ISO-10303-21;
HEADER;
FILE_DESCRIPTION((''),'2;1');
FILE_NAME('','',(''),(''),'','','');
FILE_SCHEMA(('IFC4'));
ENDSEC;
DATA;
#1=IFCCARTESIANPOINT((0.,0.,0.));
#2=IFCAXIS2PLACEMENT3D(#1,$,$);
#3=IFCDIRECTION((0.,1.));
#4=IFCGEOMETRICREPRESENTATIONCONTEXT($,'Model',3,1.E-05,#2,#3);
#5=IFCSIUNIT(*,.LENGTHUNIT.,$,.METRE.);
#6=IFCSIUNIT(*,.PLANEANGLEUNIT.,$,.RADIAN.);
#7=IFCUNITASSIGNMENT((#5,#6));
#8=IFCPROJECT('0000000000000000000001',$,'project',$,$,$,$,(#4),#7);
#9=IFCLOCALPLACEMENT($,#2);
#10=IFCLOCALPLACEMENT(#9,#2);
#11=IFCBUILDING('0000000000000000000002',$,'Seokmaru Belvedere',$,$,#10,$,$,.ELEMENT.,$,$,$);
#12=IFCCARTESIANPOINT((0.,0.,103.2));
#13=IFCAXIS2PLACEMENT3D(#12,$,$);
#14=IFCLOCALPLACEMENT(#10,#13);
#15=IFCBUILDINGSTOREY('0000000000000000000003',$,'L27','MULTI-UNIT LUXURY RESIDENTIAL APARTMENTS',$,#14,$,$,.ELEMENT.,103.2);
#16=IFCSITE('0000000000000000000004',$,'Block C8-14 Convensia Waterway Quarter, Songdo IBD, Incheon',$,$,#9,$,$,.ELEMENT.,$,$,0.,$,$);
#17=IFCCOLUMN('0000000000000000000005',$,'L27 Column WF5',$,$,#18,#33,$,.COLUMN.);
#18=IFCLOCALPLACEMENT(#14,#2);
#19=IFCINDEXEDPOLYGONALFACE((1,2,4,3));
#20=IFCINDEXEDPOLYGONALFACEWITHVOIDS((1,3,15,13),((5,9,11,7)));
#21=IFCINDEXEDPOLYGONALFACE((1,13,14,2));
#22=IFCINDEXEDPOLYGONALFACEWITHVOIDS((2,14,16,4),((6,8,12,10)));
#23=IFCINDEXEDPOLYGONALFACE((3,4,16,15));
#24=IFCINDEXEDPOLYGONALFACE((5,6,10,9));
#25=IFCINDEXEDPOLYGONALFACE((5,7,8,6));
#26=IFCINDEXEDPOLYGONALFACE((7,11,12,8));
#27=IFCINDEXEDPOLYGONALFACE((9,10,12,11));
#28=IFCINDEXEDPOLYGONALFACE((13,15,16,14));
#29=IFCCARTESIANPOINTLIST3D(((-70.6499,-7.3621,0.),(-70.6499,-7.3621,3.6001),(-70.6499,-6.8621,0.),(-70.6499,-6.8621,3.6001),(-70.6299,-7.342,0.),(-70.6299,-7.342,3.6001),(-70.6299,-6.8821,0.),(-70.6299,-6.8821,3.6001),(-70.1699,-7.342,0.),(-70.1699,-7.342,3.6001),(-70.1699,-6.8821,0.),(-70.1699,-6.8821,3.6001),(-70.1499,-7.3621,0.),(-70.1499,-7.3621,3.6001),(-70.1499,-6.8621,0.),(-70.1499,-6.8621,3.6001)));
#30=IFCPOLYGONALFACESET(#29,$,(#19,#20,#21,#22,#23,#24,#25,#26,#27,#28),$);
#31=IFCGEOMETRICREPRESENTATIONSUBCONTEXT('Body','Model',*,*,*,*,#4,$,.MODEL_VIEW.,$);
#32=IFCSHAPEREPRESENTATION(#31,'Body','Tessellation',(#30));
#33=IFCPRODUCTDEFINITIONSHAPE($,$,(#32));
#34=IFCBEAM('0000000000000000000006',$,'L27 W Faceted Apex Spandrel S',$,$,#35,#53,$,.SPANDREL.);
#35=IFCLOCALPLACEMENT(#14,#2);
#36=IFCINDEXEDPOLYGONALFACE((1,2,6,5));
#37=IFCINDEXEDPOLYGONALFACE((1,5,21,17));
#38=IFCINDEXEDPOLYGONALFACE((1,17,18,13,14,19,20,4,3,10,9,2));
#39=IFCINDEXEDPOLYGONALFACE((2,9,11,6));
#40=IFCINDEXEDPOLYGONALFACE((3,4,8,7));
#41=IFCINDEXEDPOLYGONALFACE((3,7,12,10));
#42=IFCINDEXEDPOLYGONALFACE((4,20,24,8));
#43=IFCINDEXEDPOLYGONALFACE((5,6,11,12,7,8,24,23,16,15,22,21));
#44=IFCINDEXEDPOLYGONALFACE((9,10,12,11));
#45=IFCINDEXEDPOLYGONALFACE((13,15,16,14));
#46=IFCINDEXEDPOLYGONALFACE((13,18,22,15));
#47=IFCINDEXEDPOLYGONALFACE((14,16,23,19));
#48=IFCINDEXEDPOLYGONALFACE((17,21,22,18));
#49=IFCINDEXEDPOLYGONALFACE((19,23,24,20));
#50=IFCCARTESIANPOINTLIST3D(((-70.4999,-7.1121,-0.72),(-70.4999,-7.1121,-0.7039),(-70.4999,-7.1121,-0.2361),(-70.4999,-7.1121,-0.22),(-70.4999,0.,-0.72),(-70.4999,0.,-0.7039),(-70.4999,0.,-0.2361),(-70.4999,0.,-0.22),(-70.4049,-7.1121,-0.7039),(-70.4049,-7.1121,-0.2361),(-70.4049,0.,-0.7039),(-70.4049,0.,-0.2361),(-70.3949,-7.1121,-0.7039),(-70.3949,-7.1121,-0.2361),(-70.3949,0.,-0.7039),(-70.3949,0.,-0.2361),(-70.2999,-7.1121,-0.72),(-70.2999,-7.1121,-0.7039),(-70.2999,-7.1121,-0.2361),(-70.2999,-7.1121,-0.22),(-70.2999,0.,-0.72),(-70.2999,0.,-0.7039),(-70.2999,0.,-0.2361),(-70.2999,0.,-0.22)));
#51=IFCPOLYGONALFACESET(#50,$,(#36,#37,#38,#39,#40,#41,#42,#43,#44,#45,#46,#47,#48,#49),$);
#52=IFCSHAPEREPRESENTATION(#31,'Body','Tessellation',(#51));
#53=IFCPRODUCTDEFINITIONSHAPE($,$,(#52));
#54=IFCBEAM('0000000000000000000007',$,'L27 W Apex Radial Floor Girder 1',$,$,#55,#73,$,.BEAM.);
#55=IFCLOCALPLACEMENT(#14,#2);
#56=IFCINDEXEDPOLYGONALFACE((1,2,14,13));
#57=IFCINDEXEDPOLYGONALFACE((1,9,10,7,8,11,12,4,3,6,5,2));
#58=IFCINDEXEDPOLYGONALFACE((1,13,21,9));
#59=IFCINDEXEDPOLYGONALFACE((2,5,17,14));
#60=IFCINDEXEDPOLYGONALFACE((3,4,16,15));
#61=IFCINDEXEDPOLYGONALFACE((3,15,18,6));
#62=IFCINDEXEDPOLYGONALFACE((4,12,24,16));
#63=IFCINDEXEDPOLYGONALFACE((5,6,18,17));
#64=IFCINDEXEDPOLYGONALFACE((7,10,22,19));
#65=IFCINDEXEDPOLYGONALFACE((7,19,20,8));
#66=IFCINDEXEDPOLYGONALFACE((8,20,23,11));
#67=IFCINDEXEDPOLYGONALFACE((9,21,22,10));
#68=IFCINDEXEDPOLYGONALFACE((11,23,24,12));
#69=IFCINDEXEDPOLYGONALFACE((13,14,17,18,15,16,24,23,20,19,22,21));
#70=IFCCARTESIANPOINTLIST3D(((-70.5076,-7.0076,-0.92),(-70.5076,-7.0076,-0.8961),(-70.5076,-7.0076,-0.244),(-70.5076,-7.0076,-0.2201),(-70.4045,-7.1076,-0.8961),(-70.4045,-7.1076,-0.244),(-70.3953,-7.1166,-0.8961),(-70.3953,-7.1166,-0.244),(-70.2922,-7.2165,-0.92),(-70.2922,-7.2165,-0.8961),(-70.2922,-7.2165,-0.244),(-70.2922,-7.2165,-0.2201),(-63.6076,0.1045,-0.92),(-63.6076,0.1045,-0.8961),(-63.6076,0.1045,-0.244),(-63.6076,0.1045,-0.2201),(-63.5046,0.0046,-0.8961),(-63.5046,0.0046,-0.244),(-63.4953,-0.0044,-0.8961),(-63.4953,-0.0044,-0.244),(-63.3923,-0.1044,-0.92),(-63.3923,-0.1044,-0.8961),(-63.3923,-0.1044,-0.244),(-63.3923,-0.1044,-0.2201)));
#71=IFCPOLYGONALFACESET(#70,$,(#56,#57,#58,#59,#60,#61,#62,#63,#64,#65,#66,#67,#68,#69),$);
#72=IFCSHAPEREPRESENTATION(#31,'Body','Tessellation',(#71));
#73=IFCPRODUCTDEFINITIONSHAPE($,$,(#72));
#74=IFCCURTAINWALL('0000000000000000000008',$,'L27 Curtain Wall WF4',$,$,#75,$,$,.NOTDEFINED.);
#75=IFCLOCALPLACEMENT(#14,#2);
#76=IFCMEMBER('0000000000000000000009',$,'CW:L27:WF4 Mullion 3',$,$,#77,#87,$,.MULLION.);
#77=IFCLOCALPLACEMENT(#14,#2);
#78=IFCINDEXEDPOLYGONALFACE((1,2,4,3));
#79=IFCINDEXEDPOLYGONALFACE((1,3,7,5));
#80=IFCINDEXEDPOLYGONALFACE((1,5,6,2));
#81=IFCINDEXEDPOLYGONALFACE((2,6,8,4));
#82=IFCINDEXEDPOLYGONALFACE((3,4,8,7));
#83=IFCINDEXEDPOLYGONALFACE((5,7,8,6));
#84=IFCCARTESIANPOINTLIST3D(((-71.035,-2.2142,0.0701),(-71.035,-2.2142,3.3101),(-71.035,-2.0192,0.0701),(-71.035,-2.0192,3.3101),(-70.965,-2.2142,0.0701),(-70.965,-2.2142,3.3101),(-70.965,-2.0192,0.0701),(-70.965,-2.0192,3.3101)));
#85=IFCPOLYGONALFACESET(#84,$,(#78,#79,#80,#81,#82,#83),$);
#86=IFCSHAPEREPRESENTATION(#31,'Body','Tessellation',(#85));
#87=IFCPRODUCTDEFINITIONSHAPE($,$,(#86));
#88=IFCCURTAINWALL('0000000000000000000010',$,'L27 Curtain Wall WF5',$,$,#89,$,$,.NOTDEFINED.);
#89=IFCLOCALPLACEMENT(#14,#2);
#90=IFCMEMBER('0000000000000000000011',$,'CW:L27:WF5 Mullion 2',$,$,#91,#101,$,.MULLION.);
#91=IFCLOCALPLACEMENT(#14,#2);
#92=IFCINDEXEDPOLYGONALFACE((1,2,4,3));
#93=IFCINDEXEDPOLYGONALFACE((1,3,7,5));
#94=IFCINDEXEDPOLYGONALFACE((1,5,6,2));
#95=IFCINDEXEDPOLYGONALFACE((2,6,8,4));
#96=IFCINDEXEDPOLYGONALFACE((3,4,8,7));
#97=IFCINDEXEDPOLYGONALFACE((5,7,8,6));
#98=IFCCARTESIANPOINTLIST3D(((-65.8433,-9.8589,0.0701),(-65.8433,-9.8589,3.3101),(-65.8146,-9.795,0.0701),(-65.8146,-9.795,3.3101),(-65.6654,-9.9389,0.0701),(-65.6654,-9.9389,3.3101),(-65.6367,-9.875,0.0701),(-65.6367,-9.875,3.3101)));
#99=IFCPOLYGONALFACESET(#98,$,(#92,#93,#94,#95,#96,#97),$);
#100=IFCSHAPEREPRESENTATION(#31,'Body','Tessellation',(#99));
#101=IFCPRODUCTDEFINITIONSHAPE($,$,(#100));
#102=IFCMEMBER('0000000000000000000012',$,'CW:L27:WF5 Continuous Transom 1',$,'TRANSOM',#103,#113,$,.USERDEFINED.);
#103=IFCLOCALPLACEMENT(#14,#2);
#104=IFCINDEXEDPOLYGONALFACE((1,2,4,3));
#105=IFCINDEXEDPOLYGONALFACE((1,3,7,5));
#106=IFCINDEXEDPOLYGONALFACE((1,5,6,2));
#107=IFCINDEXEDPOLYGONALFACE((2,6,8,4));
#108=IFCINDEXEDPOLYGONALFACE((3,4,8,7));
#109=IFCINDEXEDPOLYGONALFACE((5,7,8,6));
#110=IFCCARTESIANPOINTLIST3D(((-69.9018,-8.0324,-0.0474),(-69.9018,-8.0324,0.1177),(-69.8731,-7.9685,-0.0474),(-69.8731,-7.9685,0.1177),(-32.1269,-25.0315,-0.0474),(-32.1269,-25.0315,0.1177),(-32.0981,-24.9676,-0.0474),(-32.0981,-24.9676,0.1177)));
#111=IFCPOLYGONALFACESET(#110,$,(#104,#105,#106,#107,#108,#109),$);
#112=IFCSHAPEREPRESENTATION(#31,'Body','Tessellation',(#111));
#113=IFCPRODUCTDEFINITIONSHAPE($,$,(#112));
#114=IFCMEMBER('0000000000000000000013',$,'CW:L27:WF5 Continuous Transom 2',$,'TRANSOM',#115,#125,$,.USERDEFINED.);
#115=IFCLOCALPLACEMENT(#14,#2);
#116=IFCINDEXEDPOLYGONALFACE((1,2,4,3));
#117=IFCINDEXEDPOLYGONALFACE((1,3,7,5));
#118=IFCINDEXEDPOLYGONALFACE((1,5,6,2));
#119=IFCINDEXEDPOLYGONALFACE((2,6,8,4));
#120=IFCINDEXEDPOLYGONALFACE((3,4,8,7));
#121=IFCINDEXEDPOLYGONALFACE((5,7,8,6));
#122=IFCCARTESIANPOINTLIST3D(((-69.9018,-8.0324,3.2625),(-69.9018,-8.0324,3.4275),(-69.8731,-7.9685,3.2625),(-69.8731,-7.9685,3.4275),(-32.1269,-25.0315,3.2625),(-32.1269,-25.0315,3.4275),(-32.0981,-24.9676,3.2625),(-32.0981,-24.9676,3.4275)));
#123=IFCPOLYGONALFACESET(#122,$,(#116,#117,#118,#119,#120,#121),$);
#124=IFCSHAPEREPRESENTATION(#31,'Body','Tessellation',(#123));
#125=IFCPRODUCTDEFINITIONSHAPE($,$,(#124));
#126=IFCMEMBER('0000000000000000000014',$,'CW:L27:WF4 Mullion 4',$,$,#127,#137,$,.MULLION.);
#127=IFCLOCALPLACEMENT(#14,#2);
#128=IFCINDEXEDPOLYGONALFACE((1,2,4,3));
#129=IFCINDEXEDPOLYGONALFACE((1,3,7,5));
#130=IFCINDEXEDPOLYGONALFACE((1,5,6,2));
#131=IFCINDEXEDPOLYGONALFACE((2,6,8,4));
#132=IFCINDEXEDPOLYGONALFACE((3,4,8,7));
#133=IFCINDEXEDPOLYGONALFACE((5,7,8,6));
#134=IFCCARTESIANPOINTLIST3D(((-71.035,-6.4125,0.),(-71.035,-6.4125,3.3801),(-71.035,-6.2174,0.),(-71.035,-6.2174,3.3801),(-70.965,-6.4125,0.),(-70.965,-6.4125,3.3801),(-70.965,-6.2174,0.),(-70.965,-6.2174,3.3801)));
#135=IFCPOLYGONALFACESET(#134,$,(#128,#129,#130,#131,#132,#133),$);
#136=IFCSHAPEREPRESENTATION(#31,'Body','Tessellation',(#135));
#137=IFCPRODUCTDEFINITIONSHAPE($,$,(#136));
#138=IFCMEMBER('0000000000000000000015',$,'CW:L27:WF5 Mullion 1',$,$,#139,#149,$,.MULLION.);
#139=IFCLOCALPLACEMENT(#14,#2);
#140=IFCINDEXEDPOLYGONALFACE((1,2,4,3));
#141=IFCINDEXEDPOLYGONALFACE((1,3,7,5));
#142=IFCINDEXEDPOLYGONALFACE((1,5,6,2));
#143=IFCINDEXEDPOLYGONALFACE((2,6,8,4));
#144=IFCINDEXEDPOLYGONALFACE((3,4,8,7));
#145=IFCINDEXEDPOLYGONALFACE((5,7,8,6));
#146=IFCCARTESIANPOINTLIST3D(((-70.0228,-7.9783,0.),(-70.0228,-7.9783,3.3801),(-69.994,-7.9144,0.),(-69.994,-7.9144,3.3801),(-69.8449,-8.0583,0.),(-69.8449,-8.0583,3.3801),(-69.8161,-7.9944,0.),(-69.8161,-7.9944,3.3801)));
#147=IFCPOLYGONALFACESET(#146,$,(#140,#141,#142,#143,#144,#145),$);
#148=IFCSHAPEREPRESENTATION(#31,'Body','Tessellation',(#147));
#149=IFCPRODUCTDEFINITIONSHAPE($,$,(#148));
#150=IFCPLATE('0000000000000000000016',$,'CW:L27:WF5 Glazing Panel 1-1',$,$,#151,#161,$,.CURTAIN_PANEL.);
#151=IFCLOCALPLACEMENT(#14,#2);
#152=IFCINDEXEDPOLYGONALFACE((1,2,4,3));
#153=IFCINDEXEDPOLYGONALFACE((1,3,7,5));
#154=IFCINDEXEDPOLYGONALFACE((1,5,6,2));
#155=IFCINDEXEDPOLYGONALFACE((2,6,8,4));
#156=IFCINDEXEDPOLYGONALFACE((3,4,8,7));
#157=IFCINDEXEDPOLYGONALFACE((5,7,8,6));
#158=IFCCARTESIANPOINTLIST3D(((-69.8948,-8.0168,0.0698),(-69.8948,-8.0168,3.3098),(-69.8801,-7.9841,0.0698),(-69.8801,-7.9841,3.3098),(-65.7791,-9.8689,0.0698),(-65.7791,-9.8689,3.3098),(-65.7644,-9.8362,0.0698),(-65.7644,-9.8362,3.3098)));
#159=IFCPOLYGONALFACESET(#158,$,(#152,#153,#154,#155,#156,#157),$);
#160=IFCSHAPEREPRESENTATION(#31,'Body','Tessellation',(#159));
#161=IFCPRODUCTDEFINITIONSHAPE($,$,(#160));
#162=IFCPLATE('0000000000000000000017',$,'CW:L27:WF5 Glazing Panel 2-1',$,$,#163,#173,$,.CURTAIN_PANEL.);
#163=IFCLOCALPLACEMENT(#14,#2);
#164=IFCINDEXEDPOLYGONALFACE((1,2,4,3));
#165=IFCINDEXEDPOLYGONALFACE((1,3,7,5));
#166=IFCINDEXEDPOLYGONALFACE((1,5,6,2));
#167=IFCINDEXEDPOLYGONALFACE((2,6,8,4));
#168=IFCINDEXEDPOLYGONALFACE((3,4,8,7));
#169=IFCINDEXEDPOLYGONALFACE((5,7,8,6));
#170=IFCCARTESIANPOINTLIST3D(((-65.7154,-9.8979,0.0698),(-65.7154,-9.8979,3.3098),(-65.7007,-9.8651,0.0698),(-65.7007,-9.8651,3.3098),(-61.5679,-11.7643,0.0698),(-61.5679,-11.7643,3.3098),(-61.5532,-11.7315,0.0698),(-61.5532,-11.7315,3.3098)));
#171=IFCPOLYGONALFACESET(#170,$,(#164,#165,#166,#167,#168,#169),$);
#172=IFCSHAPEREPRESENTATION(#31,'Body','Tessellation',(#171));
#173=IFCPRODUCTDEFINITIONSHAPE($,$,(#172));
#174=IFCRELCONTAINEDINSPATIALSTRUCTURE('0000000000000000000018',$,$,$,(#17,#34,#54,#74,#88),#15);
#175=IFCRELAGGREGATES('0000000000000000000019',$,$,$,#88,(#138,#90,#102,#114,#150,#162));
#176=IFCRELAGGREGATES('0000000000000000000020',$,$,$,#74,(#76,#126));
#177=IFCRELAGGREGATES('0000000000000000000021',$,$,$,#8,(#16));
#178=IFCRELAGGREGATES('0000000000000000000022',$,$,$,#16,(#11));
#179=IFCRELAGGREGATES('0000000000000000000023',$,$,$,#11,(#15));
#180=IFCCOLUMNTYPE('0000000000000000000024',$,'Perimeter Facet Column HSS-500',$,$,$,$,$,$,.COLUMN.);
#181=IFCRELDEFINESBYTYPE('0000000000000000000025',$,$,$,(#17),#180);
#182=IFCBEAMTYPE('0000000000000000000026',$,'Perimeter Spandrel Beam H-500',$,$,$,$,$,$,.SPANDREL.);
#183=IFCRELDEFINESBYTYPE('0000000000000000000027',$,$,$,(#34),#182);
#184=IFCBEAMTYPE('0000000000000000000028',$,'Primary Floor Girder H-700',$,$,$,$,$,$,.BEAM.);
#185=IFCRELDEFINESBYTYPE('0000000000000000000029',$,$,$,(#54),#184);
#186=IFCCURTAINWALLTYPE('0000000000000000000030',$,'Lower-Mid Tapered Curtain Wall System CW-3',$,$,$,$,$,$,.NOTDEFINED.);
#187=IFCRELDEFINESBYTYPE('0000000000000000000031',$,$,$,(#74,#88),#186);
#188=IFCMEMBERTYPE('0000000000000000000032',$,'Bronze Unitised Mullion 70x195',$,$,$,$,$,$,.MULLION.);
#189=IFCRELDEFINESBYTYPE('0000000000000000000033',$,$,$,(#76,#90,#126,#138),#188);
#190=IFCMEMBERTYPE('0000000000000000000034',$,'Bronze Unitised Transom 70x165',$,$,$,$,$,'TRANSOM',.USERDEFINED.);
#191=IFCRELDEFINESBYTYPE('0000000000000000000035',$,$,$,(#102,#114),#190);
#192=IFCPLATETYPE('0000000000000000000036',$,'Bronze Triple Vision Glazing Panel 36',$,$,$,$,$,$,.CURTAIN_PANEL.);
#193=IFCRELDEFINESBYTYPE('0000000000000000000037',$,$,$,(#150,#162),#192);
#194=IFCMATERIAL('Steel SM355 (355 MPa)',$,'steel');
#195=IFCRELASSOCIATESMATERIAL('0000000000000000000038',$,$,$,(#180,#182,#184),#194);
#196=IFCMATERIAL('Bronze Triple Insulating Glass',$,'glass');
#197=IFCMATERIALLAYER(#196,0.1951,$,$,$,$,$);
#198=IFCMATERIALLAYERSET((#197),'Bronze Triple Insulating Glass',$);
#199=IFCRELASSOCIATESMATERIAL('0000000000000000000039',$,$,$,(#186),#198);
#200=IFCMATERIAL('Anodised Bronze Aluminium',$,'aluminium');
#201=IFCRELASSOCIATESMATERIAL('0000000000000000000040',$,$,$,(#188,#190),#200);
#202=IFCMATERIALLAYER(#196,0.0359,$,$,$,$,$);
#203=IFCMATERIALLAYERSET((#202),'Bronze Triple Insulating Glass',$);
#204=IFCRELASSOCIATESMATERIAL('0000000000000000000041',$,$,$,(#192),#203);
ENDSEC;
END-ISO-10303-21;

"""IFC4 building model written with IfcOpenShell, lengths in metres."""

from ifc_helpers import new_model, si_unit, direction, frame, origin, origin_2d, place, context, subcontext, project, spatial, rectangle, hollow_rectangle, i_section, extrude, source, transform, mapped, material, layer, layer_set, material_profile, profile_set, type_object, type_shapes, element, aggregate, save


model = new_model("IFC4")

# Units and contexts
model_context = context("Model", 3, precision=1e-05, world=origin(), true_north=direction((0.0, 1.0)))
body_context = subcontext(model_context, "Body", "Model", "MODEL_VIEW")
ifc_project = project(units=[si_unit("LENGTHUNIT", "METRE"), si_unit("PLANEANGLEUNIT", "RADIAN")], contexts=[model_context])

# Site, building, storey
site_placement = place(None, origin())
site = spatial("IfcSite", under=ifc_project, at=site_placement, Name="Block C8-14 Convensia Waterway Quarter, Songdo IBD, Incheon", CompositionType="ELEMENT", RefElevation=0.0)
building_placement = place(site_placement, origin())
building = spatial("IfcBuilding", under=site, at=building_placement, Name="Seokmaru Belvedere", CompositionType="ELEMENT")
storey_placement = place(building_placement, frame((0.0, 0.0, 103.2)))
storey = spatial("IfcBuildingStorey", under=building, at=storey_placement, Name="L27", Description="MULTI-UNIT LUXURY RESIDENTIAL APARTMENTS", CompositionType="ELEMENT", Elevation=103.2)

# Column
ifc_material_1 = material(Name="Steel SM355 (355 MPa)", Category="steel")
ifc_material_profile_1 = material_profile(ifc_material_1, hollow_rectangle(XDim=0.5, YDim=0.5, WallThickness=0.02, at=origin_2d()), Name="HSS-500x500x20")
ifc_profile_set_1 = profile_set([ifc_material_profile_1], Name="Steel SM355 (355 MPa)")
column_type = type_object("IfcColumnType", Name="Perimeter Facet Column HSS-500", PredefinedType="COLUMN", material=ifc_profile_set_1)
shared_shape_1 = source(origin(), body_context, "Body", "SweptSolid", [
    extrude(hollow_rectangle(XDim=0.5, YDim=0.5, WallThickness=0.02, at=origin_2d()), origin(), (0.0, 0.0, 1.0), 3.6001),
])
type_shapes(column_type, [shared_shape_1])
column_placement = place(storey_placement, frame((-70.3999, -7.1121, 0.0), z_axis=(0.0, 0.0, 1.0), x_axis=(1.0, 0.0, 0.0)))
element("IfcColumn", 1, at=column_placement, inside=storey, type_object=column_type, Name="L27 Column WF5", PredefinedType="COLUMN", context=body_context, shape_type="MappedRepresentation", body=[
    mapped(shared_shape_1, transform((0.0, 0.0, 0.0), scale=1.0)),
])

# Beams
ifc_material_profile_2 = material_profile(ifc_material_1, i_section(OverallWidth=0.2, OverallDepth=0.5, WebThickness=0.01, FlangeThickness=0.0161, at=origin_2d()), Name="H-500x200x10x16")
ifc_profile_set_2 = profile_set([ifc_material_profile_2], Name="Steel SM355 (355 MPa)")
beam_type_1 = type_object("IfcBeamType", Name="Perimeter Spandrel Beam H-500", PredefinedType="SPANDREL", material=ifc_profile_set_2)
shared_shape_2 = source(origin(), body_context, "Body", "SweptSolid", [
    extrude(i_section(OverallWidth=0.2, OverallDepth=0.5, WebThickness=0.01, FlangeThickness=0.0161, at=origin_2d()), origin(), (0.0, 0.0, 1.0), 7.1121),
])
type_shapes(beam_type_1, [shared_shape_2])
beam_1_placement = place(storey_placement, frame((-70.3999, -7.1121, -0.47), z_axis=(0.0, 1.0, 0.0), x_axis=(-1.0, 0.0, 0.0)))
element("IfcBeam", 2, at=beam_1_placement, inside=storey, type_object=beam_type_1, Name="L27 W Faceted Apex Spandrel S", PredefinedType="SPANDREL", context=body_context, shape_type="MappedRepresentation", body=[
    mapped(shared_shape_2, transform((0.0, 0.0, 0.0), scale=1.0)),
])
ifc_material_profile_3 = material_profile(ifc_material_1, i_section(OverallWidth=0.3, OverallDepth=0.7, WebThickness=0.0129, FlangeThickness=0.0239, at=origin_2d()), Name="H-700x300x13x24")
ifc_profile_set_3 = profile_set([ifc_material_profile_3], Name="Steel SM355 (355 MPa)")
beam_type_2 = type_object("IfcBeamType", Name="Primary Floor Girder H-700", PredefinedType="BEAM", material=ifc_profile_set_3)
shared_shape_3 = source(origin(), body_context, "Body", "SweptSolid", [
    extrude(i_section(OverallWidth=0.3, OverallDepth=0.7, WebThickness=0.0129, FlangeThickness=0.0239, at=origin_2d()), origin(), (0.0, 0.0, 1.0), 9.9092),
])
type_shapes(beam_type_2, [shared_shape_3])
beam_2_placement = place(storey_placement, frame((-70.3999, -7.1121, -0.5701), z_axis=(0.696321, 0.717731, 0.0), x_axis=(-0.717731, 0.696321, 0.0)))
element("IfcBeam", 3, at=beam_2_placement, inside=storey, type_object=beam_type_2, Name="L27 W Apex Radial Floor Girder 1", PredefinedType="BEAM", context=body_context, shape_type="MappedRepresentation", body=[
    mapped(shared_shape_3, transform((0.0, 0.0, 0.0), scale=1.0)),
])

# Curtain wall, member
ifc_material_2 = material(Name="Bronze Triple Insulating Glass", Category="glass")
ifc_layer_1 = layer(ifc_material_2, 0.1951)
ifc_layer_set_1 = layer_set([ifc_layer_1], Name="Bronze Triple Insulating Glass")
curtain_wall_type = type_object("IfcCurtainWallType", Name="Lower-Mid Tapered Curtain Wall System CW-3", PredefinedType="NOTDEFINED", material=ifc_layer_set_1)
curtain_wall_1_placement = place(storey_placement, origin())
curtain_wall_1 = element("IfcCurtainWall", 4, at=curtain_wall_1_placement, inside=storey, type_object=curtain_wall_type, Name="L27 Curtain Wall WF4", PredefinedType="NOTDEFINED")
ifc_material_3 = material(Name="Anodised Bronze Aluminium", Category="aluminium")
ifc_material_profile_4 = material_profile(ifc_material_3, rectangle(XDim=0.0701, YDim=0.1951, at=origin_2d()), Name="CW-M-70x195")
ifc_profile_set_4 = profile_set([ifc_material_profile_4], Name="Anodised Bronze Aluminium")
member_type_1 = type_object("IfcMemberType", Name="Bronze Unitised Mullion 70x195", PredefinedType="MULLION", material=ifc_profile_set_4)
shared_shape_4 = source(origin(), body_context, "Body", "SweptSolid", [
    extrude(rectangle(XDim=0.0701, YDim=0.1951, at=origin_2d()), origin(), (0.0, 0.0, 1.0), 3.24),
])
member_1_placement = place(storey_placement, frame((-71.0, -2.1167, 0.0701), z_axis=(0.0, 0.0, 1.0), x_axis=(1.0, 0.0, 0.0)))
member_1 = element("IfcMember", 5, at=member_1_placement, type_object=member_type_1, Name="CW:L27:WF4 Mullion 3", PredefinedType="MULLION", context=body_context, shape_type="MappedRepresentation", body=[
    mapped(shared_shape_4, transform((0.0, 0.0, 0.0), scale=1.0)),
])

# Curtain wall, members
curtain_wall_2_placement = place(storey_placement, origin())
curtain_wall_2 = element("IfcCurtainWall", 6, at=curtain_wall_2_placement, inside=storey, type_object=curtain_wall_type, Name="L27 Curtain Wall WF5", PredefinedType="NOTDEFINED")
member_2_placement = place(storey_placement, frame((-65.74, -9.8669, 0.0701), z_axis=(0.0, 0.0, 1.0), x_axis=(0.410366, 0.911921, 0.0)))
member_2 = element("IfcMember", 7, at=member_2_placement, type_object=member_type_1, Name="CW:L27:WF5 Mullion 2", PredefinedType="MULLION", context=body_context, shape_type="MappedRepresentation", body=[
    mapped(shared_shape_4, transform((0.0, 0.0, 0.0), scale=1.0)),
])
ifc_material_profile_5 = material_profile(ifc_material_3, rectangle(XDim=0.0701, YDim=0.165, at=origin_2d()), Name="CW-T-70x165")
ifc_profile_set_5 = profile_set([ifc_material_profile_5], Name="Anodised Bronze Aluminium")
member_type_2 = type_object("IfcMemberType", Name="Bronze Unitised Transom 70x165", ElementType="TRANSOM", PredefinedType="USERDEFINED", material=ifc_profile_set_5)
shared_shape_5 = source(origin(), body_context, "Body", "SweptSolid", [
    extrude(rectangle(XDim=0.0701, YDim=0.165, at=origin_2d()), origin(), (0.0, 0.0, 1.0), 41.4236),
])
type_shapes(member_type_2, [shared_shape_5])
member_3_placement = place(storey_placement, frame((-69.8875, -8.0005, 0.0352), z_axis=(0.911919, -0.410371, 0.0), x_axis=(0.410371, 0.911919, 0.0)))
member_3 = element("IfcMember", 8, at=member_3_placement, type_object=member_type_2, Name="CW:L27:WF5 Continuous Transom 1", ObjectType="TRANSOM", PredefinedType="USERDEFINED", context=body_context, shape_type="MappedRepresentation", body=[
    mapped(shared_shape_5, transform((0.0, 0.0, 0.0), scale=1.0)),
])
member_4_placement = place(storey_placement, frame((-69.8875, -8.0005, 3.345), z_axis=(0.911919, -0.410371, 0.0), x_axis=(0.410371, 0.911919, 0.0)))
member_4 = element("IfcMember", 9, at=member_4_placement, type_object=member_type_2, Name="CW:L27:WF5 Continuous Transom 2", ObjectType="TRANSOM", PredefinedType="USERDEFINED", context=body_context, shape_type="MappedRepresentation", body=[
    mapped(shared_shape_5, transform((0.0, 0.0, 0.0), scale=1.0)),
])

# Members
shared_shape_6 = source(origin(), body_context, "Body", "SweptSolid", [
    extrude(rectangle(XDim=0.0701, YDim=0.1951, at=origin_2d()), origin(), (0.0, 0.0, 1.0), 3.3801),
])
type_shapes(member_type_1, [shared_shape_4, shared_shape_6])
member_5_placement = place(storey_placement, frame((-71.0, -6.3149, 0.0), z_axis=(0.0, 0.0, 1.0), x_axis=(1.0, 0.0, 0.0)))
member_5 = element("IfcMember", 10, at=member_5_placement, type_object=member_type_1, Name="CW:L27:WF4 Mullion 4", PredefinedType="MULLION", context=body_context, shape_type="MappedRepresentation", body=[
    mapped(shared_shape_6, transform((0.0, 0.0, 0.0), scale=1.0)),
])
member_6_placement = place(storey_placement, frame((-69.9194, -7.9863, 0.0), z_axis=(0.0, 0.0, 1.0), x_axis=(0.410366, 0.911921, 0.0)))
member_6 = element("IfcMember", 11, at=member_6_placement, type_object=member_type_1, Name="CW:L27:WF5 Mullion 1", PredefinedType="MULLION", context=body_context, shape_type="MappedRepresentation", body=[
    mapped(shared_shape_6, transform((0.0, 0.0, 0.0), scale=1.0)),
])

# Plates
ifc_layer_2 = layer(ifc_material_2, 0.0359)
ifc_layer_set_2 = layer_set([ifc_layer_2], Name="Bronze Triple Insulating Glass")
plate_type = type_object("IfcPlateType", Name="Bronze Triple Vision Glazing Panel 36", PredefinedType="CURTAIN_PANEL", material=ifc_layer_set_2)
shared_shape_7 = source(origin(), body_context, "Body", "SweptSolid", [
    extrude(rectangle(XDim=4.5132, YDim=0.0359, at=origin_2d()), origin(), (0.0, 0.0, 1.0), 3.24),
])
plate_1_placement = place(storey_placement, frame((-67.8296, -8.9265, 0.0698), z_axis=(0.0, 0.0, 1.0), x_axis=(0.911921, -0.410366, 0.0)))
plate_1 = element("IfcPlate", 12, at=plate_1_placement, type_object=plate_type, Name="CW:L27:WF5 Glazing Panel 1-1", PredefinedType="CURTAIN_PANEL", context=body_context, shape_type="MappedRepresentation", body=[
    mapped(shared_shape_7, transform((0.0, 0.0, 0.0), scale=1.0)),
])
shared_shape_8 = source(origin(), body_context, "Body", "SweptSolid", [
    extrude(rectangle(XDim=4.5481, YDim=0.0359, at=origin_2d()), origin(), (0.0, 0.0, 1.0), 3.24),
])
plate_2_placement = place(storey_placement, frame((-63.6343, -10.8147, 0.0698), z_axis=(0.0, 0.0, 1.0), x_axis=(0.911921, -0.410366, 0.0)))
plate_2 = element("IfcPlate", 13, at=plate_2_placement, type_object=plate_type, Name="CW:L27:WF5 Glazing Panel 2-1", PredefinedType="CURTAIN_PANEL", context=body_context, shape_type="MappedRepresentation", body=[
    mapped(shared_shape_8, transform((0.0, 0.0, 0.0), scale=1.0)),
])
aggregate(curtain_wall_2, [member_6, member_2, member_3, member_4, plate_1, plate_2])
aggregate(curtain_wall_1, [member_1, member_5])

save(model, "model.ifc")
